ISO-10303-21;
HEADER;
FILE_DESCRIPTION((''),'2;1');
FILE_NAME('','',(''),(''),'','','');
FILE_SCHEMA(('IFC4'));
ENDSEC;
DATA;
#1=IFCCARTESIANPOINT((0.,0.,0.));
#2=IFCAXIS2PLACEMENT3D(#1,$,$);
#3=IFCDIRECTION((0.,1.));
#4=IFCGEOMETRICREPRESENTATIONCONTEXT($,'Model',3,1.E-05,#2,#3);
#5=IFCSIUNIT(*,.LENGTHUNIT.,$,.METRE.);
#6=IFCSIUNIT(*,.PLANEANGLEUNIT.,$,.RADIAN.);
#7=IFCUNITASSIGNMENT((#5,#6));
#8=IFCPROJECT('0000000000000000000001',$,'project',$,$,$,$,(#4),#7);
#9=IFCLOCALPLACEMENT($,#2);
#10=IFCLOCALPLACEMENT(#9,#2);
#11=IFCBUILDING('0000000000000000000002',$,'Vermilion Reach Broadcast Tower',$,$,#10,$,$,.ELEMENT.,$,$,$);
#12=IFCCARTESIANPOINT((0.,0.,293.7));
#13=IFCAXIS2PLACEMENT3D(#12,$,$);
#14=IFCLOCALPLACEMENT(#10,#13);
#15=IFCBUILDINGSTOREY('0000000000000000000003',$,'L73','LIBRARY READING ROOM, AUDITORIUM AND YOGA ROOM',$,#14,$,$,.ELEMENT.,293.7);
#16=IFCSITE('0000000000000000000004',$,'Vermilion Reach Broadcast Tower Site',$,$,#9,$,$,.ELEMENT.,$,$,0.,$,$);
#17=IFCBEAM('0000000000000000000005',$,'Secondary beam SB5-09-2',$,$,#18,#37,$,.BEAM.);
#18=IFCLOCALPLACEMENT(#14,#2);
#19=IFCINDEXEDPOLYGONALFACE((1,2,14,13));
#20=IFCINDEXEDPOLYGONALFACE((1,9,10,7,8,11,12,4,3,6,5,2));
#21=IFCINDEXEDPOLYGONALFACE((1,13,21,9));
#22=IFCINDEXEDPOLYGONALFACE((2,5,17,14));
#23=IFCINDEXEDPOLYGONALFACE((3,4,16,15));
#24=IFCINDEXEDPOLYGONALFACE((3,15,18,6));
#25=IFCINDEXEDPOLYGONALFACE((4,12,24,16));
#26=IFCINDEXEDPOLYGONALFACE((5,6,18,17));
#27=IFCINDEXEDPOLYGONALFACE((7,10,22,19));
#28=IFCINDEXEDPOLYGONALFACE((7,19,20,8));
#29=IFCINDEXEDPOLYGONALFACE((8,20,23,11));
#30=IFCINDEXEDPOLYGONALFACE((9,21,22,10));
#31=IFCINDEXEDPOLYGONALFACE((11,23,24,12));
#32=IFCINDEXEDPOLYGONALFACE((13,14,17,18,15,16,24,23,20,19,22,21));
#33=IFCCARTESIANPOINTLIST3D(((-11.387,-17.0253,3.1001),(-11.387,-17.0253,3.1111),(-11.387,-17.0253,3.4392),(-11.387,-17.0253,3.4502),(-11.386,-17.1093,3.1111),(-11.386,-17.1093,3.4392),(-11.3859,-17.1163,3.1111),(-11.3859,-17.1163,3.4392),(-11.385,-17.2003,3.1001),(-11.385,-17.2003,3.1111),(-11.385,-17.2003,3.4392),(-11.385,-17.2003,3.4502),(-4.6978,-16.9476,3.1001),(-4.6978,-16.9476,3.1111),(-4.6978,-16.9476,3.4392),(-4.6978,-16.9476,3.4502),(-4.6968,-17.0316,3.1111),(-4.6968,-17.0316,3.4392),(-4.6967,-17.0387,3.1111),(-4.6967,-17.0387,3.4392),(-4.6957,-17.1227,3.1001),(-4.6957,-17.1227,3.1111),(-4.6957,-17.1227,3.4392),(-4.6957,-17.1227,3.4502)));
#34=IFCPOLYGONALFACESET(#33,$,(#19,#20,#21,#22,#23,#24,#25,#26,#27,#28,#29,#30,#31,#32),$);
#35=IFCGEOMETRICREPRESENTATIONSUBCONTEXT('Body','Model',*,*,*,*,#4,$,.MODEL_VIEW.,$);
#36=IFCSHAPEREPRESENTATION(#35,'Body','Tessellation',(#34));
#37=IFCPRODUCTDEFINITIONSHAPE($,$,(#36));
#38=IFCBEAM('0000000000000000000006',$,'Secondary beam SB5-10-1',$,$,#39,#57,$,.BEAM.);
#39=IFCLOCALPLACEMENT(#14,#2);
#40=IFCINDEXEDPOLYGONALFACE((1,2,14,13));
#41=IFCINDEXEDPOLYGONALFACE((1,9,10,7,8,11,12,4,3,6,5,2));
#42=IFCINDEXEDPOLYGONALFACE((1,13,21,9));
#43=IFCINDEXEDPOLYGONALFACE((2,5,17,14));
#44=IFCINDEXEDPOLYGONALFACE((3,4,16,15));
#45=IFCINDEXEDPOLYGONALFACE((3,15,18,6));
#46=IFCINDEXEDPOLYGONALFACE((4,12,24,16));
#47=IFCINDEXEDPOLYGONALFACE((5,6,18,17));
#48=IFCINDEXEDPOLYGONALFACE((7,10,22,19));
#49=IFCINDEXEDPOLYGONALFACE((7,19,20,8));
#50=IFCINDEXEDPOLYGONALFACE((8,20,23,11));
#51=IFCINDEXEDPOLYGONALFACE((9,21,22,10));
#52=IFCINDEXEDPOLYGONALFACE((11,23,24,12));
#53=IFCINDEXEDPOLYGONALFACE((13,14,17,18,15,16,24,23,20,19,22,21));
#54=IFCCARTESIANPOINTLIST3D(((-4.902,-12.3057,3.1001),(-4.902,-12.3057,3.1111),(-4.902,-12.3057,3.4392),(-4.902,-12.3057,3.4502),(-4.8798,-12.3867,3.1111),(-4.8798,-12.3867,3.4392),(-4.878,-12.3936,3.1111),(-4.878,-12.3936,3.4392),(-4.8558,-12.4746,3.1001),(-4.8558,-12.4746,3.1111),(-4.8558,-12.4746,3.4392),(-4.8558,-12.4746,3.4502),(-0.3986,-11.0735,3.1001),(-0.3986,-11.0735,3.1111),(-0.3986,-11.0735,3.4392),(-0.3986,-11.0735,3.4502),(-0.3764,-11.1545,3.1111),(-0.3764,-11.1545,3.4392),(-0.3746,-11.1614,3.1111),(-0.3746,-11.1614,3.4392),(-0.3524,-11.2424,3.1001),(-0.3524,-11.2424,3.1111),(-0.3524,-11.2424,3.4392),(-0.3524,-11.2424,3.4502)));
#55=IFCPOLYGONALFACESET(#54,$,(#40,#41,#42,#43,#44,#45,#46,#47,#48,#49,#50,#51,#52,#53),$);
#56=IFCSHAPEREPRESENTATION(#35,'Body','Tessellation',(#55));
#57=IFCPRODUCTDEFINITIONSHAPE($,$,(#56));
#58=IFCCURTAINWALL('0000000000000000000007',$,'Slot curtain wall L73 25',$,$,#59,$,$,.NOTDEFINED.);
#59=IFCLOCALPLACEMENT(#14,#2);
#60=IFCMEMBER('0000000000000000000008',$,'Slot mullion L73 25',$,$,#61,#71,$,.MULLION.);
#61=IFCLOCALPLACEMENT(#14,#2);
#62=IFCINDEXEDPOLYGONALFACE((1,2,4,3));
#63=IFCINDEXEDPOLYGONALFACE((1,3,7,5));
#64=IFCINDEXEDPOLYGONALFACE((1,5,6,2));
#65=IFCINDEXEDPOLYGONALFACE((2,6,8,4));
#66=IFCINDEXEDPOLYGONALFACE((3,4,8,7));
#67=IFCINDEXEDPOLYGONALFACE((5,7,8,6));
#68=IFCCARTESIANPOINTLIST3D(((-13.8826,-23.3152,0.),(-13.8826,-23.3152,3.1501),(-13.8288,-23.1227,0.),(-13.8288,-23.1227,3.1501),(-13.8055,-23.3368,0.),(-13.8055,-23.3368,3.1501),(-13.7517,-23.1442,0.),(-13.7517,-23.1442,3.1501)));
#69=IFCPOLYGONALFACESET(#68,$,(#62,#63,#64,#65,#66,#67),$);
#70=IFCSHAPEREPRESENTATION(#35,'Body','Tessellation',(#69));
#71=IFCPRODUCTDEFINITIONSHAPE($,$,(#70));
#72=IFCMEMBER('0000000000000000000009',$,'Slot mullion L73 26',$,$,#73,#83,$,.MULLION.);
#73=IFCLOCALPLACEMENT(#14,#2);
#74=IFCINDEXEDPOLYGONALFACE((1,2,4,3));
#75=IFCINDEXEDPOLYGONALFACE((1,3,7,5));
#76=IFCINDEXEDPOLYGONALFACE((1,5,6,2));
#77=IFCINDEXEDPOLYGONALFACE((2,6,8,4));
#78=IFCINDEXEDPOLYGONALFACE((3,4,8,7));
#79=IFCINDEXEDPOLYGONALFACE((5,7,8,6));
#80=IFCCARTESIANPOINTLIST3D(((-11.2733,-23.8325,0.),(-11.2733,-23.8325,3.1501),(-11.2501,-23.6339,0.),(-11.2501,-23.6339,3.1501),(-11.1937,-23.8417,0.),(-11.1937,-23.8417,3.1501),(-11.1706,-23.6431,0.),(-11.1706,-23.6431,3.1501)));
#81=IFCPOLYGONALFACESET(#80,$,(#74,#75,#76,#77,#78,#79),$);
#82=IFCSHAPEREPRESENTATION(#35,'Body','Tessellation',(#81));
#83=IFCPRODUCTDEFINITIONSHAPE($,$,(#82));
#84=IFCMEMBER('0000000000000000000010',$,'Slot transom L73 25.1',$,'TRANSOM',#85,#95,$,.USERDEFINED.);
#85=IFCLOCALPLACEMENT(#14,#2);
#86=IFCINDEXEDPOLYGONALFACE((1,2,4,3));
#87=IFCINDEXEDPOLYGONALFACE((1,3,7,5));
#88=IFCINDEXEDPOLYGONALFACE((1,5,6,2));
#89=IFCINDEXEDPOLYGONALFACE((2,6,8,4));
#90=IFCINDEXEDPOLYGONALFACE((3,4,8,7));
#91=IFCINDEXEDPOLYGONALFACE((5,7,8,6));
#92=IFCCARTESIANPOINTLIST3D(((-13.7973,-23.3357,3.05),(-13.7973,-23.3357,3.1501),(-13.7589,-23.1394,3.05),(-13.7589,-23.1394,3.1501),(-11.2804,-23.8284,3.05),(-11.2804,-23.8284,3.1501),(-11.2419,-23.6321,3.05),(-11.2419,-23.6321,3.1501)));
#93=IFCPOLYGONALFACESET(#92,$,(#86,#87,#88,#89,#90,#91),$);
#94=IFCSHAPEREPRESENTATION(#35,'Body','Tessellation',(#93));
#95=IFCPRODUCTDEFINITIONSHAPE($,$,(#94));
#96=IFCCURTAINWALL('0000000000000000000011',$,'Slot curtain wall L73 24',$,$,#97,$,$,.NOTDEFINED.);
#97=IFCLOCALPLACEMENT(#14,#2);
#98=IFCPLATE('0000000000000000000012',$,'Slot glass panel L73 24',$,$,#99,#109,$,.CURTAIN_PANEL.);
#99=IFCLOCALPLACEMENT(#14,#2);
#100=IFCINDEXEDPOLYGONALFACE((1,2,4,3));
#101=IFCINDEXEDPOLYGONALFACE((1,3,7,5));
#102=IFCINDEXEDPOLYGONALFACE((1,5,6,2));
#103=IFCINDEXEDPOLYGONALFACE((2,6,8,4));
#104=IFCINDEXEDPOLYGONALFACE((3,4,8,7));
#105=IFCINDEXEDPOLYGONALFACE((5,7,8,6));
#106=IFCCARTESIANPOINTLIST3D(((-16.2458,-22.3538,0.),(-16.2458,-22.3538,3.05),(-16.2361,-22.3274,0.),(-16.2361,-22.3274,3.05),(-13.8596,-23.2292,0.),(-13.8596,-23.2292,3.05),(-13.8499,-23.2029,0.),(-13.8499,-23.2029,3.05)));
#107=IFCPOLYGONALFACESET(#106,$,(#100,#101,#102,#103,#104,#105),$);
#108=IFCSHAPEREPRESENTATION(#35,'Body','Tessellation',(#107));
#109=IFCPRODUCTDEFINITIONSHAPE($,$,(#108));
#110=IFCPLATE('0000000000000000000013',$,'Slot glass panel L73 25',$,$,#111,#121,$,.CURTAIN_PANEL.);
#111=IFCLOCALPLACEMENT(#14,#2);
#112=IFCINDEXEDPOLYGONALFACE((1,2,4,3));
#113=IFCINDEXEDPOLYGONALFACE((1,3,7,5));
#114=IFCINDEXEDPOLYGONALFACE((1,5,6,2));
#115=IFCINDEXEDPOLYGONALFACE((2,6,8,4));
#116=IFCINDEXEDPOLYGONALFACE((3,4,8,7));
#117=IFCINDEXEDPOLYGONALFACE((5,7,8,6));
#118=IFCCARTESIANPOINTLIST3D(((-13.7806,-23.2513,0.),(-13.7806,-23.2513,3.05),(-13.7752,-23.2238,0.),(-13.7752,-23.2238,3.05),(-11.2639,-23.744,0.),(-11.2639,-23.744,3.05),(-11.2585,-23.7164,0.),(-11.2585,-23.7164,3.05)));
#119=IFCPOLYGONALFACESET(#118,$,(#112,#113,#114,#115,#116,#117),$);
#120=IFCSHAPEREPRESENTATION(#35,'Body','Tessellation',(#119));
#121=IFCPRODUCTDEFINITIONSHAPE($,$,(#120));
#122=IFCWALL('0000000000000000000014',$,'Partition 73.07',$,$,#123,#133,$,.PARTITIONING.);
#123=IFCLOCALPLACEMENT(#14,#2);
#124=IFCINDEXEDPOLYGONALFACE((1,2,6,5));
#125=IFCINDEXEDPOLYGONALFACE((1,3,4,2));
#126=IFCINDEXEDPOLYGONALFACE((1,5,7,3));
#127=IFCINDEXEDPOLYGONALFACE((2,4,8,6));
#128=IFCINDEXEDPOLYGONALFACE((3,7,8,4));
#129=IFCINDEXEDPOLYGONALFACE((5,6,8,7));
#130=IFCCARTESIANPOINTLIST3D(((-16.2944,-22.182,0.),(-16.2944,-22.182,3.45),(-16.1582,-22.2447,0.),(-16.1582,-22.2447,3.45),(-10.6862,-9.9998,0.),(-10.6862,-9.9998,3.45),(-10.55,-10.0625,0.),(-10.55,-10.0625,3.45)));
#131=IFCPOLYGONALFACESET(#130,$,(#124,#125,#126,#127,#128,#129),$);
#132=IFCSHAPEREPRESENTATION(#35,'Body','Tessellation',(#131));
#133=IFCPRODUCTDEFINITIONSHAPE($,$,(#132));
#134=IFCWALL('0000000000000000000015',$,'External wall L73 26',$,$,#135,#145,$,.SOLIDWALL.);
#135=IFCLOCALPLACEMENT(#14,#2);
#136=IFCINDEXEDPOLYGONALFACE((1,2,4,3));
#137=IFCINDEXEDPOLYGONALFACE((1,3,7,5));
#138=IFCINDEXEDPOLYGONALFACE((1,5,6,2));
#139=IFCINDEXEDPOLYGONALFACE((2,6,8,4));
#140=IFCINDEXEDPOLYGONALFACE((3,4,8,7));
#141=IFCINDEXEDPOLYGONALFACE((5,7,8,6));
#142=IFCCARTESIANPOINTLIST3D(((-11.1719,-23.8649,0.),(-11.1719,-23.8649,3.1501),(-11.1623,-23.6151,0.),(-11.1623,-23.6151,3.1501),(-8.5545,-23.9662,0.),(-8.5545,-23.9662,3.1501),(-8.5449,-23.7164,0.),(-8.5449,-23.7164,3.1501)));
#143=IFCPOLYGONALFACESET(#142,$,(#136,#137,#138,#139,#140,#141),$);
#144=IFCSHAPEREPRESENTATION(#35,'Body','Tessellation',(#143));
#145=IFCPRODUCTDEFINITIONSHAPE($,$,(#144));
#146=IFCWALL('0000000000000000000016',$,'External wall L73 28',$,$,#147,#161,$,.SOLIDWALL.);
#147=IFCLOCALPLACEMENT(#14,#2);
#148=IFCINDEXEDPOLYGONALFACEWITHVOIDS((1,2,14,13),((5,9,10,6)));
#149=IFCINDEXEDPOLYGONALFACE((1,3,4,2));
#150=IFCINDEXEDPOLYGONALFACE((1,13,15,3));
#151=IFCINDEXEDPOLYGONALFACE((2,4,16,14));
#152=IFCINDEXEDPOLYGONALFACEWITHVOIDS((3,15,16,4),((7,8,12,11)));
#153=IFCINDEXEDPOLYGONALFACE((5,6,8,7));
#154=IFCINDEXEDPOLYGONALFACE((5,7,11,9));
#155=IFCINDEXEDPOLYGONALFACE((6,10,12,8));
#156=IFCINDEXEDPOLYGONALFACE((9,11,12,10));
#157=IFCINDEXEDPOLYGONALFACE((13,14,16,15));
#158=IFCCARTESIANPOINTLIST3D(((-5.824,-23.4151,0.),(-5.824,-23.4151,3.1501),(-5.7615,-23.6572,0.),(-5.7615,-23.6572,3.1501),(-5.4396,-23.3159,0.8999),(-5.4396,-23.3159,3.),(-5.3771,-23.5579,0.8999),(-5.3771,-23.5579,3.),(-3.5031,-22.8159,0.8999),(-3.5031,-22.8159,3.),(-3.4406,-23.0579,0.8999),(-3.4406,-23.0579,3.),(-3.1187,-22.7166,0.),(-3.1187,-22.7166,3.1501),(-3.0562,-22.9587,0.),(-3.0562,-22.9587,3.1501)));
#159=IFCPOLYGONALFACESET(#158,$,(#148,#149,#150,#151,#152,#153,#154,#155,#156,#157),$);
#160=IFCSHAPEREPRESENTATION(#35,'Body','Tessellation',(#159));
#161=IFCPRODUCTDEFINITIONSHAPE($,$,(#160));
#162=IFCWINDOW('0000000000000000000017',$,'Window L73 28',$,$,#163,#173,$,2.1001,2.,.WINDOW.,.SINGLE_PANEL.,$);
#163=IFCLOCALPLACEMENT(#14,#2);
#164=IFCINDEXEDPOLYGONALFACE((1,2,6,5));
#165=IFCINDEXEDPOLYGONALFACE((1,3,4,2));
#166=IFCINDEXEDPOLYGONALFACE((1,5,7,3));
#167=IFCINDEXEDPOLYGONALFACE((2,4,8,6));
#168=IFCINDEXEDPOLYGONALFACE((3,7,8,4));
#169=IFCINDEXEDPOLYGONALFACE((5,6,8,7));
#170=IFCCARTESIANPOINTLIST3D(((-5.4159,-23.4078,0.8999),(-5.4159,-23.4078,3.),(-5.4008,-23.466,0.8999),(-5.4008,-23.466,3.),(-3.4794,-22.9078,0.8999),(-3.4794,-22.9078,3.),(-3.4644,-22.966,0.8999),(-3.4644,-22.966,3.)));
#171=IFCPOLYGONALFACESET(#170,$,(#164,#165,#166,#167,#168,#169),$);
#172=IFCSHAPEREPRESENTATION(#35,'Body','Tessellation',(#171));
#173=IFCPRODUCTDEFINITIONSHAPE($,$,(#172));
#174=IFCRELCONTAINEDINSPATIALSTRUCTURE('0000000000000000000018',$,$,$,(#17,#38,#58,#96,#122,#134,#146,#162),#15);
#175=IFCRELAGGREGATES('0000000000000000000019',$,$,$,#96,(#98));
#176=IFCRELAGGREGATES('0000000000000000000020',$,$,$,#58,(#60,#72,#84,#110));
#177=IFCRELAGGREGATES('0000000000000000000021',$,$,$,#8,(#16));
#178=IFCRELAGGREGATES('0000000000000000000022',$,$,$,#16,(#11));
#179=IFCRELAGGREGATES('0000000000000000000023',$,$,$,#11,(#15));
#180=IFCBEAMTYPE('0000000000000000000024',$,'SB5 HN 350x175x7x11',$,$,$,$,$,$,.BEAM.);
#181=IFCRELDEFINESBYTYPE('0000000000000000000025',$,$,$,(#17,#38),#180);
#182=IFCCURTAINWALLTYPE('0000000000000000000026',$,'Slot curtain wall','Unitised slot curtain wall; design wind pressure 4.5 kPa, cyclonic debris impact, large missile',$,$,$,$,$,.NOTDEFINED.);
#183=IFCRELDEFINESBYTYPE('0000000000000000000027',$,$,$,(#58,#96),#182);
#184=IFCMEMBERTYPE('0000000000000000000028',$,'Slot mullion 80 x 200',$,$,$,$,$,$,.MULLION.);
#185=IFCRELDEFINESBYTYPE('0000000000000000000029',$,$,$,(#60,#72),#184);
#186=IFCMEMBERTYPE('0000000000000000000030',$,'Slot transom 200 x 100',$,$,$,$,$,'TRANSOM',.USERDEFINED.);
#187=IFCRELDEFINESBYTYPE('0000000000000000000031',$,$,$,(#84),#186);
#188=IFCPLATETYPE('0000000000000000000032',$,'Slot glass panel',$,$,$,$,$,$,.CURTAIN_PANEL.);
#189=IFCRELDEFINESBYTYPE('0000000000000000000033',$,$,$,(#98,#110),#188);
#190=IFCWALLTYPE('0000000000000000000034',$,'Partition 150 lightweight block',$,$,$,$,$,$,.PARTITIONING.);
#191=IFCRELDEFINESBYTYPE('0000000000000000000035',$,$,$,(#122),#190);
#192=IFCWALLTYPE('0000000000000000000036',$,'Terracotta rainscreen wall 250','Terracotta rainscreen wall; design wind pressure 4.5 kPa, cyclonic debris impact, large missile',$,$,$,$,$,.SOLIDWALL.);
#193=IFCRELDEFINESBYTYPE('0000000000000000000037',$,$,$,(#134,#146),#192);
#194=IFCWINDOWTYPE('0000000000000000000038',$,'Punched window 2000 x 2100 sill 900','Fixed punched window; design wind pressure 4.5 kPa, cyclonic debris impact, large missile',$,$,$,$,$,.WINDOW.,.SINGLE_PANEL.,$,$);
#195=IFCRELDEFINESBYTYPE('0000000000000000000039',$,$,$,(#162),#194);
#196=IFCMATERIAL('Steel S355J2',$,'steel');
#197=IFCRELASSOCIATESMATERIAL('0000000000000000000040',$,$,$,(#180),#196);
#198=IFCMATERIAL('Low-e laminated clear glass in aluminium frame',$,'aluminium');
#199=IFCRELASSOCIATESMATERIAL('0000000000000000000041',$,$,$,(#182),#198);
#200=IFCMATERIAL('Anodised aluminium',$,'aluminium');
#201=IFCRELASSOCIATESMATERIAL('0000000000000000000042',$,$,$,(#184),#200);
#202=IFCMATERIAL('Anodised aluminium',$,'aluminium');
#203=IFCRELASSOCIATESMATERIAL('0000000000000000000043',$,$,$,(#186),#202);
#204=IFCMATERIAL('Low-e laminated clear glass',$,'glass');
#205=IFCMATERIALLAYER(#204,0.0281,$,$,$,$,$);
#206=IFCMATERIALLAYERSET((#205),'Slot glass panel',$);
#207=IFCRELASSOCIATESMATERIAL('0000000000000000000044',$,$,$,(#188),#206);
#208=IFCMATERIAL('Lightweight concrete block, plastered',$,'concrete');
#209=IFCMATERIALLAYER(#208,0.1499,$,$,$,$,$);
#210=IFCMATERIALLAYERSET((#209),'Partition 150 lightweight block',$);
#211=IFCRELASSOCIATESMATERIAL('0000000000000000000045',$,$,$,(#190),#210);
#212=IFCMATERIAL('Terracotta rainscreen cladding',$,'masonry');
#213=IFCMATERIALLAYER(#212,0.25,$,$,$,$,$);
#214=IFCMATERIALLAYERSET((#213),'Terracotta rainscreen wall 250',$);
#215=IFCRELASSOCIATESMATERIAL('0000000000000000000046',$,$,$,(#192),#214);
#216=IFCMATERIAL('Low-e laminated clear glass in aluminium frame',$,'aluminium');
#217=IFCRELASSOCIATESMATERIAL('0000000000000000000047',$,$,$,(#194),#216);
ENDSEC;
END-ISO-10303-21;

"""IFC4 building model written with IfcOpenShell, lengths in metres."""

from ifc_helpers import new_model, si_unit, direction, frame, frame_2d, origin, origin_2d, place, context, subcontext, project, spatial, rectangle, i_section, extrude, material, layer, layer_set, material_profile, profile_set, type_object, element, fill, aggregate, save


model = new_model("IFC4")

# Units and contexts
model_context = context("Model", 3, precision=1e-05, world=origin(), true_north=direction((0.0, 1.0)))
body_context = subcontext(model_context, "Body", "Model", "MODEL_VIEW")
ifc_project = project(units=[si_unit("LENGTHUNIT", "METRE"), si_unit("PLANEANGLEUNIT", "RADIAN")], contexts=[model_context])

# Site, building, storey
site_placement = place(None, origin())
site = spatial("IfcSite", under=ifc_project, at=site_placement, Name="Vermilion Reach Broadcast Tower Site", CompositionType="ELEMENT", RefElevation=0.0)
building_placement = place(site_placement, origin())
building = spatial("IfcBuilding", under=site, at=building_placement, Name="Vermilion Reach Broadcast Tower", CompositionType="ELEMENT")
storey_placement = place(building_placement, frame((0.0, 0.0, 293.7)))
storey = spatial("IfcBuildingStorey", under=building, at=storey_placement, Name="L73", Description="LIBRARY READING ROOM, AUDITORIUM AND YOGA ROOM", CompositionType="ELEMENT", Elevation=293.7)

# Beams
ifc_material_1 = material(Name="Steel S355J2", Category="steel")
ifc_material_profile_1 = material_profile(ifc_material_1, i_section(OverallWidth=0.175, OverallDepth=0.3501, WebThickness=0.0071, FlangeThickness=0.011, at=origin_2d()), Name="S355J2 HN 350x175x7x11")
ifc_profile_set_1 = profile_set([ifc_material_profile_1], Name="Steel S355J2")
beam_type_1 = type_object("IfcBeamType", Name="SB5 HN 350x175x7x11", PredefinedType="BEAM", material=ifc_profile_set_1)
beam_1_placement = place(storey_placement, frame((-11.386, -17.1128, 3.2751), z_axis=(0.999933, 0.011605, 0.0), x_axis=(-0.011605, 0.999933, 0.0)))
element("IfcBeam", 1, at=beam_1_placement, inside=storey, type_object=beam_type_1, Name="Secondary beam SB5-09-2", PredefinedType="BEAM", context=body_context, shape_type="SweptSolid", body=[
    extrude(i_section(OverallWidth=0.175, OverallDepth=0.3501, WebThickness=0.0071, FlangeThickness=0.011, at=origin_2d()), origin(), (0.0, 0.0, 1.0), 6.6897),
])
beam_2_placement = place(storey_placement, frame((-4.8789, -12.3901, 3.2751), z_axis=(0.964547, 0.263909, 0.0), x_axis=(-0.263909, 0.964547, 0.0)))
element("IfcBeam", 2, at=beam_2_placement, inside=storey, type_object=beam_type_1, Name="Secondary beam SB5-10-1", PredefinedType="BEAM", context=body_context, shape_type="SweptSolid", body=[
    extrude(i_section(OverallWidth=0.175, OverallDepth=0.3501, WebThickness=0.0071, FlangeThickness=0.011, at=origin_2d()), origin(), (0.0, 0.0, 1.0), 4.6689),
])

# Curtain wall, members
ifc_material_2 = material(Name="Low-e laminated clear glass in aluminium frame", Category="aluminium")
curtain_wall_type = type_object("IfcCurtainWallType", Name="Slot curtain wall", Description="Unitised slot curtain wall; design wind pressure 4.5 kPa, cyclonic debris impact, large missile", PredefinedType="NOTDEFINED", material=ifc_material_2)
placement = place(storey_placement, origin())
curtain_wall_1 = element("IfcCurtainWall", 3, at=placement, inside=storey, type_object=curtain_wall_type, Name="Slot curtain wall L73 25", PredefinedType="NOTDEFINED")
ifc_material_3 = material(Name="Anodised aluminium", Category="aluminium")
ifc_material_profile_2 = material_profile(ifc_material_3, rectangle(XDim=0.2, YDim=0.0801, at=origin_2d()), Name="Slot mullion 80 x 200")
ifc_profile_set_2 = profile_set([ifc_material_profile_2], Name="Anodised aluminium")
member_type_1 = type_object("IfcMemberType", Name="Slot mullion 80 x 200", PredefinedType="MULLION", material=ifc_profile_set_2)
member_1_placement = place(storey_placement, frame((-13.8171, -23.2297, 0.0), z_axis=(0.0, 0.0, 1.0), x_axis=(0.269106, 0.963111, 0.0)))
member_1 = element("IfcMember", 4, at=member_1_placement, type_object=member_type_1, Name="Slot mullion L73 25", PredefinedType="MULLION", context=body_context, shape_type="SweptSolid", body=[
    extrude(rectangle(XDim=0.2, YDim=0.0801, at=origin_2d()), origin(), (0.0, 0.0, 1.0), 3.1501),
])
member_2_placement = place(storey_placement, frame((-11.2219, -23.7378, 0.0), z_axis=(0.0, 0.0, 1.0), x_axis=(0.115743, 0.993279, 0.0)))
member_2 = element("IfcMember", 5, at=member_2_placement, type_object=member_type_1, Name="Slot mullion L73 26", PredefinedType="MULLION", context=body_context, shape_type="SweptSolid", body=[
    extrude(rectangle(XDim=0.2, YDim=0.0801, at=origin_2d()), origin(), (0.0, 0.0, 1.0), 3.1501),
])
ifc_material_4 = material(Name="Anodised aluminium", Category="aluminium")
ifc_material_profile_3 = material_profile(ifc_material_4, rectangle(XDim=0.2, YDim=0.1001, at=origin_2d()), Name="Slot transom 200 x 100")
ifc_profile_set_3 = profile_set([ifc_material_profile_3], Name="Anodised aluminium")
member_type_2 = type_object("IfcMemberType", Name="Slot transom 200 x 100", ElementType="TRANSOM", PredefinedType="USERDEFINED", material=ifc_profile_set_3)
member_3_placement = place(storey_placement, frame((-13.7781, -23.2375, 3.1001), z_axis=(0.981374, -0.192105, 0.0), x_axis=(0.192105, 0.981374, 0.0)))
member_3 = element("IfcMember", 6, at=member_3_placement, type_object=member_type_2, Name="Slot transom L73 25.1", ObjectType="TRANSOM", PredefinedType="USERDEFINED", context=body_context, shape_type="SweptSolid", body=[
    extrude(rectangle(XDim=0.2, YDim=0.1001, at=origin_2d()), origin(), (0.0, 0.0, 1.0), 2.5647),
])

# Curtain wall, plate
curtain_wall_2 = element("IfcCurtainWall", 7, at=placement, inside=storey, type_object=curtain_wall_type, Name="Slot curtain wall L73 24", PredefinedType="NOTDEFINED")
ifc_material_5 = material(Name="Low-e laminated clear glass", Category="glass")
ifc_layer_1 = layer(ifc_material_5, 0.0281)
ifc_layer_set_1 = layer_set([ifc_layer_1], Name="Slot glass panel")
plate_type = type_object("IfcPlateType", Name="Slot glass panel", PredefinedType="CURTAIN_PANEL", material=ifc_layer_set_1)
plate_1_placement = place(storey_placement, frame((-15.0479, -22.7783, 0.0), z_axis=(0.0, 0.0, 1.0), x_axis=(0.938814, -0.344426, 0.0)))
plate_1 = element("IfcPlate", 8, at=plate_1_placement, type_object=plate_type, Name="Slot glass panel L73 24", PredefinedType="CURTAIN_PANEL", context=body_context, shape_type="SweptSolid", body=[
    extrude(rectangle(XDim=2.5417, YDim=0.0281, at=origin_2d()), origin(), (0.0, 0.0, 1.0), 3.05),
])
aggregate(curtain_wall_2, [plate_1])

# Plate
plate_2_placement = place(storey_placement, frame((-12.5195, -23.4839, 0.0), z_axis=(0.0, 0.0, 1.0), x_axis=(0.981375, -0.192101, 0.0)))
plate_2 = element("IfcPlate", 9, at=plate_2_placement, type_object=plate_type, Name="Slot glass panel L73 25", PredefinedType="CURTAIN_PANEL", context=body_context, shape_type="SweptSolid", body=[
    extrude(rectangle(XDim=2.5645, YDim=0.0281, at=origin_2d()), origin(), (0.0, 0.0, 1.0), 3.05),
])
aggregate(curtain_wall_1, [member_1, member_2, member_3, plate_2])

# Walls
ifc_material_6 = material(Name="Lightweight concrete block, plastered", Category="concrete")
ifc_layer_2 = layer(ifc_material_6, 0.1499)
ifc_layer_set_2 = layer_set([ifc_layer_2], Name="Partition 150 lightweight block")
wall_type_1 = type_object("IfcWallType", Name="Partition 150 lightweight block", PredefinedType="PARTITIONING", material=ifc_layer_set_2)
wall_1_placement = place(storey_placement, frame((-16.2263, -22.2134, 0.0), z_axis=(0.0, 0.0, 1.0), x_axis=(0.418175, 0.908367, 0.0)))
element("IfcWall", 10, at=wall_1_placement, inside=storey, type_object=wall_type_1, Name="Partition 73.07", PredefinedType="PARTITIONING", context=body_context, shape_type="SweptSolid", body=[
    extrude(rectangle(XDim=13.4111, YDim=0.1499, at=frame_2d((6.7056, 0.0))), origin(), (0.0, 0.0, 1.0), 3.45),
])
ifc_material_7 = material(Name="Terracotta rainscreen cladding", Category="masonry")
ifc_layer_3 = layer(ifc_material_7, 0.25)
ifc_layer_set_3 = layer_set([ifc_layer_3], Name="Terracotta rainscreen wall 250")
wall_type_2 = type_object("IfcWallType", Name="Terracotta rainscreen wall 250", Description="Terracotta rainscreen wall; design wind pressure 4.5 kPa, cyclonic debris impact, large missile", PredefinedType="SOLIDWALL", material=ifc_layer_set_3)
wall_2_placement = place(storey_placement, frame((-11.167, -23.74, 0.0), z_axis=(0.0, 0.0, 1.0), x_axis=(0.999252, -0.03868, 0.0)))
element("IfcWall", 11, at=wall_2_placement, inside=storey, type_object=wall_type_2, Name="External wall L73 26", PredefinedType="SOLIDWALL", context=body_context, shape_type="SweptSolid", body=[
    extrude(rectangle(XDim=2.6194, YDim=0.25, at=frame_2d((1.3096, 0.0))), origin(), (0.0, 0.0, 1.0), 3.1501),
])

# Wall, opening, window
wall_3_placement = place(storey_placement, frame((-5.7927, -23.5361, 0.0), z_axis=(0.0, 0.0, 1.0), x_axis=(0.968248, 0.249992, 0.0)))
wall_3 = element("IfcWall", 12, at=wall_3_placement, inside=storey, type_object=wall_type_2, Name="External wall L73 28", PredefinedType="SOLIDWALL", context=body_context, shape_type="SweptSolid", body=[
    extrude(rectangle(XDim=2.7939, YDim=0.25, at=frame_2d((1.397, 0.0))), origin(), (0.0, 0.0, 1.0), 3.1501),
])
opening_1_placement = place(wall_3_placement, frame((0.397, 0.0, 0.8999)))
opening_1 = element("IfcOpeningElement", 13, at=opening_1_placement, cuts=wall_3, PredefinedType="OPENING", context=body_context, shape_type="SweptSolid", body=[
    extrude(rectangle(XDim=2.0, YDim=2.1001, at=frame_2d((1.0, 1.05))), frame((0.0, 0.135, 0.0), z_axis=(0.0, -1.0, 0.0), x_axis=(1.0, 0.0, 0.0)), (0.0, 0.0, 1.0), 0.27),
])
ifc_material_8 = material(Name="Low-e laminated clear glass in aluminium frame", Category="aluminium")
window_type = type_object("IfcWindowType", Name="Punched window 2000 x 2100 sill 900", Description="Fixed punched window; design wind pressure 4.5 kPa, cyclonic debris impact, large missile", PartitioningType="SINGLE_PANEL", PredefinedType="WINDOW", material=ifc_material_8)
window_placement = place(opening_1_placement, origin())
window = element("IfcWindow", 14, at=window_placement, inside=storey, type_object=window_type, Name="Window L73 28", OverallHeight=2.1001, OverallWidth=2.0, PartitioningType="SINGLE_PANEL", PredefinedType="WINDOW", context=body_context, shape_type="SweptSolid", body=[
    extrude(rectangle(XDim=2.0, YDim=2.1001, at=frame_2d((1.0, 1.05))), frame((0.0, 0.03, 0.0), z_axis=(0.0, -1.0, 0.0), x_axis=(1.0, 0.0, 0.0)), (0.0, 0.0, 1.0), 0.0601),
])
fill(opening_1, window)

save(model, "model.ifc")
